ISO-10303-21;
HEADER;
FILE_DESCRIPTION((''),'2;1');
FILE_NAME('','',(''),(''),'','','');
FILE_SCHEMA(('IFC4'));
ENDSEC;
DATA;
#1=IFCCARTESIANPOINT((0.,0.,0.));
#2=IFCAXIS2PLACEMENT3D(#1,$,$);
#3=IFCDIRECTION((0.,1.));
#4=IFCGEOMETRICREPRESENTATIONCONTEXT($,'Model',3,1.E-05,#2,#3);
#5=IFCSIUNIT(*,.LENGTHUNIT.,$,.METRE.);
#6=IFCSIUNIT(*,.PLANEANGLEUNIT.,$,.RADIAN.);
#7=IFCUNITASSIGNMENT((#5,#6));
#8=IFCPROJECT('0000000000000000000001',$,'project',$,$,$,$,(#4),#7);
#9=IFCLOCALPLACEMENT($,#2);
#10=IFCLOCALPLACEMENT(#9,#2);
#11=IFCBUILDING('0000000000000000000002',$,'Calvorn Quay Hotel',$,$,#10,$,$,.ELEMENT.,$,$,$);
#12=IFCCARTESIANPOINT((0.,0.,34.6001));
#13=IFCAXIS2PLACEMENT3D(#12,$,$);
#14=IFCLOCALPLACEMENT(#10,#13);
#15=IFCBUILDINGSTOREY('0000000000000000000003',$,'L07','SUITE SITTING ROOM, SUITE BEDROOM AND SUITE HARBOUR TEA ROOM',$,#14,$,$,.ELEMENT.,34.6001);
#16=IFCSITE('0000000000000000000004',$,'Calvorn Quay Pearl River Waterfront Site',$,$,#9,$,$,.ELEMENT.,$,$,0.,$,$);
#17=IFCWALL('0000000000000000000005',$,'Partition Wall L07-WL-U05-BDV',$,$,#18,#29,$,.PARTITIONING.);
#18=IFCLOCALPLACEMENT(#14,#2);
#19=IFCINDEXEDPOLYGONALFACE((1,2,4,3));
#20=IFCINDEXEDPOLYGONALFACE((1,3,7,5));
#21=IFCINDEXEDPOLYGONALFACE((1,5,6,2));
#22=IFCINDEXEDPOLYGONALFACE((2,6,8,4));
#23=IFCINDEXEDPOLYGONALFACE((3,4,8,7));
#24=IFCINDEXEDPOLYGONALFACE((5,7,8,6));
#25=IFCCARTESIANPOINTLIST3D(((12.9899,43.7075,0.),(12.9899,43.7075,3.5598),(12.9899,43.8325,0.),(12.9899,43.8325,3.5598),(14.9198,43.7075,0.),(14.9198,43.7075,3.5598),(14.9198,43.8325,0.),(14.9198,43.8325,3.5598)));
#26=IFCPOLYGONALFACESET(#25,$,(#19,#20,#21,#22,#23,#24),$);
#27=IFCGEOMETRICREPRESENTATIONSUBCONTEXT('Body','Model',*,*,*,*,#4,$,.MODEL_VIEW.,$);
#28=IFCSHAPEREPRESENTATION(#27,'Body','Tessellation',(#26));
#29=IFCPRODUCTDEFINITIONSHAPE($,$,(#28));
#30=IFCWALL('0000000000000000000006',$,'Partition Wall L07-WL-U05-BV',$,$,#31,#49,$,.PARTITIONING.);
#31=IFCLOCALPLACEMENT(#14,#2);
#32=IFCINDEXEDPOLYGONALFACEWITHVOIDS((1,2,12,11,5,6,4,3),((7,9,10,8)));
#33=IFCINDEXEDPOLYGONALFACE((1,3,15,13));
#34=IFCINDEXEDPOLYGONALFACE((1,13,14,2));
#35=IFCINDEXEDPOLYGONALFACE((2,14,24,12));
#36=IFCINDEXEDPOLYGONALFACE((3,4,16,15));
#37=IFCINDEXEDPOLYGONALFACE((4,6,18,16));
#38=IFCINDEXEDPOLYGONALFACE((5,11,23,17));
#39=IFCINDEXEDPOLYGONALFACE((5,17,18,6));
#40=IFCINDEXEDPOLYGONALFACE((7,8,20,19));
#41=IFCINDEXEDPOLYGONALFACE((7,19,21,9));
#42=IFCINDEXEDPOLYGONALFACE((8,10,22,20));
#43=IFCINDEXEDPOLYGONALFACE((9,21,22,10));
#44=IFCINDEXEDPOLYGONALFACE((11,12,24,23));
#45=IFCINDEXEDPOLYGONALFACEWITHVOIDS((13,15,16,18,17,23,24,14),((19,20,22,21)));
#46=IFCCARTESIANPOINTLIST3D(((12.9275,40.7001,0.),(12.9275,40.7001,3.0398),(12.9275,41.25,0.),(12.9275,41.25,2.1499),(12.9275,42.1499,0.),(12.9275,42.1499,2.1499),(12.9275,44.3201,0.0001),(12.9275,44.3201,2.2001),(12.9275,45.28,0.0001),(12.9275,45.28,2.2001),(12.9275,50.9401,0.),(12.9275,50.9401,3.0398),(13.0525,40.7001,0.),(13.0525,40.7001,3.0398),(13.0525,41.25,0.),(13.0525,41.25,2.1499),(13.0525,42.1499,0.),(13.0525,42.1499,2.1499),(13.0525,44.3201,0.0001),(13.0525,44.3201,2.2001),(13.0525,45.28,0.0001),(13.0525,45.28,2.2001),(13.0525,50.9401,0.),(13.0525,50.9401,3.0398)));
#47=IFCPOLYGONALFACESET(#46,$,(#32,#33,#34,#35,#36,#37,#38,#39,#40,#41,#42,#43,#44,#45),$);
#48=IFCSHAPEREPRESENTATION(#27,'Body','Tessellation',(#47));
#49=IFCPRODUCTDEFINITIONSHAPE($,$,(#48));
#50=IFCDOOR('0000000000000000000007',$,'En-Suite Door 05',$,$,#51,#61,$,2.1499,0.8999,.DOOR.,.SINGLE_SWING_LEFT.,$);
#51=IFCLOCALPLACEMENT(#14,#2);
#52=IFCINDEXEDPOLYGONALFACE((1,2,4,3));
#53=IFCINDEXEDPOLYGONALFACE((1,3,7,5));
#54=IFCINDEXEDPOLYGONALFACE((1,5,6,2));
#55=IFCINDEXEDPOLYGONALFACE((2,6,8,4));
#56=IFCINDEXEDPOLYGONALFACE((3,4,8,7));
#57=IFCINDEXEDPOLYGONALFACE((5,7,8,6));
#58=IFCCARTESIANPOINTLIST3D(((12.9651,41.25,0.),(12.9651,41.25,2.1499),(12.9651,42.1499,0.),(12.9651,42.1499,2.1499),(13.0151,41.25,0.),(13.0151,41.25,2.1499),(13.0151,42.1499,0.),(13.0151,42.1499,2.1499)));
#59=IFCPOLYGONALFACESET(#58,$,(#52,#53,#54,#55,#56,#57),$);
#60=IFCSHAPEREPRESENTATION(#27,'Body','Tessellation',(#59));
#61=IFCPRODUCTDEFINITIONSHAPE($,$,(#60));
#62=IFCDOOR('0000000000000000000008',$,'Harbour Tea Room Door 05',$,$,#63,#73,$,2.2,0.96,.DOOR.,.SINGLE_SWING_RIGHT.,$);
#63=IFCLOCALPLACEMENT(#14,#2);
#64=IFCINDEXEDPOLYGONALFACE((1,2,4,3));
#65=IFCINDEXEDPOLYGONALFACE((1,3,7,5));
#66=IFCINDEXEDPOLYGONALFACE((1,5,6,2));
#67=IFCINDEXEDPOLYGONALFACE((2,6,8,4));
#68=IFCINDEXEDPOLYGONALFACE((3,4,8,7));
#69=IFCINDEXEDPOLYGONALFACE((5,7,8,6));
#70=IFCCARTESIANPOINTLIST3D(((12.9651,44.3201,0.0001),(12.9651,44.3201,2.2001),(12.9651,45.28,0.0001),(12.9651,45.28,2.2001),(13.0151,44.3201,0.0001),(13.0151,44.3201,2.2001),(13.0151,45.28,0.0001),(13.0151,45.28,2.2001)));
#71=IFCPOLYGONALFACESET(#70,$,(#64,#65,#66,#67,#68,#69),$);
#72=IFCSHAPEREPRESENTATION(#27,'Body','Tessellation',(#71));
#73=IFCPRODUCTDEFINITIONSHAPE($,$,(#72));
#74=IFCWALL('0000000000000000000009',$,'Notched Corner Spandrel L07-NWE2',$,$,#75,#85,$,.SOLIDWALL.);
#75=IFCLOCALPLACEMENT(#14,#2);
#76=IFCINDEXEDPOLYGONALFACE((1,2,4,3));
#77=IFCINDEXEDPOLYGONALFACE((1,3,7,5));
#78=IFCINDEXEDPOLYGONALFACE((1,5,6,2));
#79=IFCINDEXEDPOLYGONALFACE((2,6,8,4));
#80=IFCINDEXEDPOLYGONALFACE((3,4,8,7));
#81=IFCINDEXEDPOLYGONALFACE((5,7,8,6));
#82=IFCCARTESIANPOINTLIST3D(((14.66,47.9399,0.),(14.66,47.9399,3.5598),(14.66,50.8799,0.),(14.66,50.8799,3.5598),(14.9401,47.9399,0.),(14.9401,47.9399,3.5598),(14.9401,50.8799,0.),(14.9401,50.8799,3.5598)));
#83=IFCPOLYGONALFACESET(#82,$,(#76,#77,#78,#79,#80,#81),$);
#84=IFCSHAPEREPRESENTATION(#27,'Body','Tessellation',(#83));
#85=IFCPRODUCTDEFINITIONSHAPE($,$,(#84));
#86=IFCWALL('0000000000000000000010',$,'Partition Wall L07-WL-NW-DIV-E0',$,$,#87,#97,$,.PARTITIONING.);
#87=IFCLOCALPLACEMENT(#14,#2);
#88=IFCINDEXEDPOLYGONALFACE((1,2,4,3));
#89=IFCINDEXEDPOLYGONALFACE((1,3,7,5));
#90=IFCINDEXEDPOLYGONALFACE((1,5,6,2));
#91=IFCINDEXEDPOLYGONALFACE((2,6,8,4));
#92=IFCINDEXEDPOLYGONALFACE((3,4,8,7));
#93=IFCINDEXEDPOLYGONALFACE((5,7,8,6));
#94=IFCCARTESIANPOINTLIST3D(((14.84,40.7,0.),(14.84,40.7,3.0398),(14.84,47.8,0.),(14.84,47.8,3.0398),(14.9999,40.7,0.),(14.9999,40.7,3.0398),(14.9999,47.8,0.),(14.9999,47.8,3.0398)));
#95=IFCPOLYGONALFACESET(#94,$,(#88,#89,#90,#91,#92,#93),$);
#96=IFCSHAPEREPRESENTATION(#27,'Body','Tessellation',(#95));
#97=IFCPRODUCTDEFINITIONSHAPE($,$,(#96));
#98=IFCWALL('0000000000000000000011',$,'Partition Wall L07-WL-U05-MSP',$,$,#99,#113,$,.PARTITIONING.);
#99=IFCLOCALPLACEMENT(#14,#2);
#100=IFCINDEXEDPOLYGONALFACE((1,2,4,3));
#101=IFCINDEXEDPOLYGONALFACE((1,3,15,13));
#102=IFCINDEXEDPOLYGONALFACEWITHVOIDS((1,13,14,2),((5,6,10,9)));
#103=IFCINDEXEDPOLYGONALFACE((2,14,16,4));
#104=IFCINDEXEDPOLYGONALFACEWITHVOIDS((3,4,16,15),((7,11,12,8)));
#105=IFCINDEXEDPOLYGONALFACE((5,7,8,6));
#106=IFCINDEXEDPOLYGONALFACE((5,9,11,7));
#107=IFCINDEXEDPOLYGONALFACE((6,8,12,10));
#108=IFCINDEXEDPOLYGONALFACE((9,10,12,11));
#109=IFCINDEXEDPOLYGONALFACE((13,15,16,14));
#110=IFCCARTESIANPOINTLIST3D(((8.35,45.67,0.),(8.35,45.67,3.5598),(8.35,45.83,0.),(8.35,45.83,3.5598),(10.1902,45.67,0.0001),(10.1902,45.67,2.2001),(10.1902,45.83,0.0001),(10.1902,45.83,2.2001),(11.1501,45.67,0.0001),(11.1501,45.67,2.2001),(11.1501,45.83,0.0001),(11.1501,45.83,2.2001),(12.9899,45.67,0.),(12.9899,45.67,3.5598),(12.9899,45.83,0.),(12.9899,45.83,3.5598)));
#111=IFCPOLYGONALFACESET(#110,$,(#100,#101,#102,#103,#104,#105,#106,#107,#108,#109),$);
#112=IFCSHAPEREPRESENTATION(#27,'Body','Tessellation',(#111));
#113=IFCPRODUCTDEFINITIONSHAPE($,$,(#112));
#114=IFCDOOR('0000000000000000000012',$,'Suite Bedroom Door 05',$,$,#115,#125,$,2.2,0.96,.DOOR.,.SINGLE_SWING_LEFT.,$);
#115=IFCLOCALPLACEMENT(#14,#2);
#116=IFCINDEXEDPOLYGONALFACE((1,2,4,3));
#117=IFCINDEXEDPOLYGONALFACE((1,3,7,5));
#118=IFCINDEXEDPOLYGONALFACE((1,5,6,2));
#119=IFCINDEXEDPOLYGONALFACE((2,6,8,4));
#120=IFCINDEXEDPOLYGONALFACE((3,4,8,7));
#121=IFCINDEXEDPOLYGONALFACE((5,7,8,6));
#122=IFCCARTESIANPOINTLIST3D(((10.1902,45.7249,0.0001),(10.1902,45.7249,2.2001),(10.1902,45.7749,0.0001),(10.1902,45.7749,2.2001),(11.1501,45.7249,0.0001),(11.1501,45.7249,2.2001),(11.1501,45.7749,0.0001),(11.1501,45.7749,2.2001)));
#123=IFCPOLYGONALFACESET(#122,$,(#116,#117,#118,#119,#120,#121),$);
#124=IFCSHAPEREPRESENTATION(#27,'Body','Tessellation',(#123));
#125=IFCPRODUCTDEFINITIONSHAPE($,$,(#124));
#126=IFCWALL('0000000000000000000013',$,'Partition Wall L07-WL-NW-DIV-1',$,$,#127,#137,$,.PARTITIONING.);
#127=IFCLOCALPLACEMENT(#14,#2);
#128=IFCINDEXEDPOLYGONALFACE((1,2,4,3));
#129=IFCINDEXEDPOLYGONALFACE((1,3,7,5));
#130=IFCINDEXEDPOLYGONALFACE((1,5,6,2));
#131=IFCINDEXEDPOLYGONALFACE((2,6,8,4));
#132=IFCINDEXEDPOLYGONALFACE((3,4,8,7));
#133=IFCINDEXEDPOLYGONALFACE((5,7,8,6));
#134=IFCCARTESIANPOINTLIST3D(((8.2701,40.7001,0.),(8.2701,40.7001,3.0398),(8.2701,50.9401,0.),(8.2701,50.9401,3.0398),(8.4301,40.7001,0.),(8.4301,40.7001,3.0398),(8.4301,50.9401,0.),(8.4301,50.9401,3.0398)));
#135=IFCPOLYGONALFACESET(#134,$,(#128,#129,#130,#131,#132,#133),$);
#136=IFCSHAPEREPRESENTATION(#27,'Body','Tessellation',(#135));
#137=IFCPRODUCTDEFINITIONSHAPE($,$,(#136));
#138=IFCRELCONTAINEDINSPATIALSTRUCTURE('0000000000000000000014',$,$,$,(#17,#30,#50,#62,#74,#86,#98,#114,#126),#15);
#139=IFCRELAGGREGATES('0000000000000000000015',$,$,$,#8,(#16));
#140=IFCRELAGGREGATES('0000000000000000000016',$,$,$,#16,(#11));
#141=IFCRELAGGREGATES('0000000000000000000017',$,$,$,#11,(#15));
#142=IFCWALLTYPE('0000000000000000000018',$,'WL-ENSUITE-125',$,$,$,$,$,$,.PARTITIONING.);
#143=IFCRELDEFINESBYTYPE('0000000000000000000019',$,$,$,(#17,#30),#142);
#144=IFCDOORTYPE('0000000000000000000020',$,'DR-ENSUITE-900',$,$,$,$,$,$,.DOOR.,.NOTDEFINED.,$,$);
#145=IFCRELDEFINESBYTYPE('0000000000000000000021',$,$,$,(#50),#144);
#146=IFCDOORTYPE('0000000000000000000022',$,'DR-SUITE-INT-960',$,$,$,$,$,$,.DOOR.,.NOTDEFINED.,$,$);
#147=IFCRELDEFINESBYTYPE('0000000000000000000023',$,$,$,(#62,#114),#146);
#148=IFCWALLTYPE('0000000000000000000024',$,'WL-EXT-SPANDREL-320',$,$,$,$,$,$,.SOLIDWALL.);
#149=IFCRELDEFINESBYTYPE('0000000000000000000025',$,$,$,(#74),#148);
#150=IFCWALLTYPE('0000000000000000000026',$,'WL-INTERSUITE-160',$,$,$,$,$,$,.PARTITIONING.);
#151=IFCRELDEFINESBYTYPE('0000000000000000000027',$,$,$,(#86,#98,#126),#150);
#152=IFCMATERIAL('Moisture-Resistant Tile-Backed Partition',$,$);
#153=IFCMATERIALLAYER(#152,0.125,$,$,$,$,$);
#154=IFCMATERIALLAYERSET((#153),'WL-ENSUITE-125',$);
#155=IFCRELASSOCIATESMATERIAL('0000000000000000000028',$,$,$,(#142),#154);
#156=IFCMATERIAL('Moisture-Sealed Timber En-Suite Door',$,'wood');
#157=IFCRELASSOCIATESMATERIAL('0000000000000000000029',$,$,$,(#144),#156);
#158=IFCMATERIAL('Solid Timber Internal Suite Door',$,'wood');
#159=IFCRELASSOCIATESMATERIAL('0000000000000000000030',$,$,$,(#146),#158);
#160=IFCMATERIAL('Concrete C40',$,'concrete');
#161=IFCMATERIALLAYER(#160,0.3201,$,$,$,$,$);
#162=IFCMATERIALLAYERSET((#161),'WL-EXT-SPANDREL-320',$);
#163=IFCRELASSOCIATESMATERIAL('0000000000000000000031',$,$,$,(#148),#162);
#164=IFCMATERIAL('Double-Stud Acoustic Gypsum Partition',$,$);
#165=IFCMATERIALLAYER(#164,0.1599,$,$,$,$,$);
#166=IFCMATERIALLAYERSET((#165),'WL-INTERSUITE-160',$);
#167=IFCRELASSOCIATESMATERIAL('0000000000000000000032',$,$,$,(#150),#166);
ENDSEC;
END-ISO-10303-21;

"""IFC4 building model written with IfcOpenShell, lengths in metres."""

from ifc_helpers import new_model, si_unit, direction, frame, frame_2d, origin, place, context, subcontext, project, spatial, rectangle, extrude, material, layer, layer_set, type_object, element, fill, save


model = new_model("IFC4")

# Units and contexts
model_context = context("Model", 3, precision=1e-05, world=origin(), true_north=direction((0.0, 1.0)))
body_context = subcontext(model_context, "Body", "Model", "MODEL_VIEW")
ifc_project = project(units=[si_unit("LENGTHUNIT", "METRE"), si_unit("PLANEANGLEUNIT", "RADIAN")], contexts=[model_context])

# Site, building, storey
site_placement = place(None, origin())
site = spatial("IfcSite", under=ifc_project, at=site_placement, Name="Calvorn Quay Pearl River Waterfront Site", CompositionType="ELEMENT", RefElevation=0.0)
building_placement = place(site_placement, origin())
building = spatial("IfcBuilding", under=site, at=building_placement, Name="Calvorn Quay Hotel", CompositionType="ELEMENT")
storey_placement = place(building_placement, frame((0.0, 0.0, 34.6001)))
storey = spatial("IfcBuildingStorey", under=building, at=storey_placement, Name="L07", Description="SUITE SITTING ROOM, SUITE BEDROOM AND SUITE HARBOUR TEA ROOM", CompositionType="ELEMENT", Elevation=34.6001)

# Shared definitions
ifc_material_1 = material(Name="Moisture-Resistant Tile-Backed Partition")
ifc_layer_1 = layer(ifc_material_1, 0.125)
ifc_layer_set_1 = layer_set([ifc_layer_1], Name="WL-ENSUITE-125")
wall_type_1 = type_object("IfcWallType", Name="WL-ENSUITE-125", PredefinedType="PARTITIONING", material=ifc_layer_set_1)

# Shared definitions
ifc_material_2 = material(Name="Moisture-Sealed Timber En-Suite Door", Category="wood")
door_type_1 = type_object("IfcDoorType", Name="DR-ENSUITE-900", OperationType="NOTDEFINED", PredefinedType="DOOR", material=ifc_material_2)
ifc_material_3 = material(Name="Solid Timber Internal Suite Door", Category="wood")
door_type_2 = type_object("IfcDoorType", Name="DR-SUITE-INT-960", OperationType="NOTDEFINED", PredefinedType="DOOR", material=ifc_material_3)

# Wall
wall_1_placement = place(storey_placement, frame((12.99, 43.77, 0.0), z_axis=(0.0, 0.0, 1.0), x_axis=(1.0, 0.0, 0.0)))
element("IfcWall", 1, at=wall_1_placement, inside=storey, type_object=wall_type_1, Name="Partition Wall L07-WL-U05-BDV", PredefinedType="PARTITIONING", context=body_context, shape_type="SweptSolid", body=[
    extrude(rectangle(XDim=1.9299, YDim=0.125, at=frame_2d((0.9648, 0.0))), origin(), (0.0, 0.0, 1.0), 3.5598),
])

# Wall, openings, doors
wall_2_placement = place(storey_placement, frame((12.99, 40.7, 0.0), z_axis=(0.0, 0.0, 1.0), x_axis=(0.0, 1.0, 0.0)))
wall_2 = element("IfcWall", 2, at=wall_2_placement, inside=storey, type_object=wall_type_1, Name="Partition Wall L07-WL-U05-BV", PredefinedType="PARTITIONING", context=body_context, shape_type="SweptSolid", body=[
    extrude(rectangle(XDim=10.24, YDim=0.125, at=frame_2d((5.1201, 0.0))), origin(), (0.0, 0.0, 1.0), 3.0398),
])
opening_1_placement = place(wall_2_placement, frame((0.55, 0.0, 0.0)))
opening_1 = element("IfcOpeningElement", 3, at=opening_1_placement, cuts=wall_2, PredefinedType="OPENING", context=body_context, shape_type="SweptSolid", body=[
    extrude(rectangle(XDim=0.8999, YDim=2.1499, at=frame_2d((0.45, 1.075))), frame((0.0, 0.0725, 0.0), z_axis=(0.0, -1.0, 0.0), x_axis=(1.0, 0.0, 0.0)), (0.0, 0.0, 1.0), 0.145),
])
opening_2_placement = place(wall_2_placement, frame((3.6201, 0.0, 0.0)))
opening_2 = element("IfcOpeningElement", 4, at=opening_2_placement, cuts=wall_2, PredefinedType="OPENING", context=body_context, shape_type="SweptSolid", body=[
    extrude(rectangle(XDim=0.96, YDim=2.2, at=frame_2d((0.48, 1.1001))), frame((0.0, 0.0725, 0.0), z_axis=(0.0, -1.0, 0.0), x_axis=(1.0, 0.0, 0.0)), (0.0, 0.0, 1.0), 0.145),
])
door_1_placement = place(opening_1_placement, origin())
door_1 = element("IfcDoor", 5, at=door_1_placement, inside=storey, type_object=door_type_1, Name="En-Suite Door 05", OperationType="SINGLE_SWING_LEFT", OverallHeight=2.1499, OverallWidth=0.8999, PredefinedType="DOOR", context=body_context, shape_type="SweptSolid", body=[
    extrude(rectangle(XDim=0.8999, YDim=2.1499, at=frame_2d((0.45, 1.075))), frame((0.0, 0.0249, 0.0), z_axis=(0.0, -1.0, 0.0), x_axis=(1.0, 0.0, 0.0)), (0.0, 0.0, 1.0), 0.05),
])
fill(opening_1, door_1)
door_2_placement = place(opening_2_placement, origin())
door_2 = element("IfcDoor", 6, at=door_2_placement, inside=storey, type_object=door_type_2, Name="Harbour Tea Room Door 05", OperationType="SINGLE_SWING_RIGHT", OverallHeight=2.2, OverallWidth=0.96, PredefinedType="DOOR", context=body_context, shape_type="SweptSolid", body=[
    extrude(rectangle(XDim=0.96, YDim=2.2, at=frame_2d((0.48, 1.1001))), frame((0.0, 0.0249, 0.0), z_axis=(0.0, -1.0, 0.0), x_axis=(1.0, 0.0, 0.0)), (0.0, 0.0, 1.0), 0.05),
])
fill(opening_2, door_2)

# Walls
ifc_material_4 = material(Name="Concrete C40", Category="concrete")
ifc_layer_2 = layer(ifc_material_4, 0.3201)
ifc_layer_set_2 = layer_set([ifc_layer_2], Name="WL-EXT-SPANDREL-320")
wall_type_2 = type_object("IfcWallType", Name="WL-EXT-SPANDREL-320", PredefinedType="SOLIDWALL", material=ifc_layer_set_2)
wall_3_placement = place(storey_placement, frame((14.8, 47.9399, 0.0), z_axis=(0.0, 0.0, 1.0), x_axis=(0.0, 1.0, 0.0)))
element("IfcWall", 7, at=wall_3_placement, inside=storey, type_object=wall_type_2, Name="Notched Corner Spandrel L07-NWE2", PredefinedType="SOLIDWALL", context=body_context, shape_type="SweptSolid", body=[
    extrude(rectangle(XDim=2.9399, YDim=0.28, at=frame_2d((1.47, 0.0))), origin(), (0.0, 0.0, 1.0), 3.5598),
])
ifc_material_5 = material(Name="Double-Stud Acoustic Gypsum Partition")
ifc_layer_3 = layer(ifc_material_5, 0.1599)
ifc_layer_set_3 = layer_set([ifc_layer_3], Name="WL-INTERSUITE-160")
wall_type_3 = type_object("IfcWallType", Name="WL-INTERSUITE-160", PredefinedType="PARTITIONING", material=ifc_layer_set_3)
wall_4_placement = place(storey_placement, frame((14.9199, 40.7, 0.0), z_axis=(0.0, 0.0, 1.0), x_axis=(0.0, 1.0, 0.0)))
element("IfcWall", 8, at=wall_4_placement, inside=storey, type_object=wall_type_3, Name="Partition Wall L07-WL-NW-DIV-E0", PredefinedType="PARTITIONING", context=body_context, shape_type="SweptSolid", body=[
    extrude(rectangle(XDim=7.1001, YDim=0.1599, at=frame_2d((3.55, 0.0))), origin(), (0.0, 0.0, 1.0), 3.0398),
])

# Wall, opening, door
wall_5_placement = place(storey_placement, frame((8.3501, 45.75, 0.0), z_axis=(0.0, 0.0, 1.0), x_axis=(1.0, 0.0, 0.0)))
wall_5 = element("IfcWall", 9, at=wall_5_placement, inside=storey, type_object=wall_type_3, Name="Partition Wall L07-WL-U05-MSP", PredefinedType="PARTITIONING", context=body_context, shape_type="SweptSolid", body=[
    extrude(rectangle(XDim=4.6399, YDim=0.1599, at=frame_2d((2.3198, 0.0))), origin(), (0.0, 0.0, 1.0), 3.5598),
])
opening_3_placement = place(wall_5_placement, frame((1.8401, 0.0, 0.0)))
opening_3 = element("IfcOpeningElement", 10, at=opening_3_placement, cuts=wall_5, PredefinedType="OPENING", context=body_context, shape_type="SweptSolid", body=[
    extrude(rectangle(XDim=0.96, YDim=2.2, at=frame_2d((0.48, 1.1001))), frame((0.0, 0.0898, 0.0), z_axis=(0.0, -1.0, 0.0), x_axis=(1.0, 0.0, 0.0)), (0.0, 0.0, 1.0), 0.1799),
])
door_3_placement = place(opening_3_placement, origin())
door_3 = element("IfcDoor", 11, at=door_3_placement, inside=storey, type_object=door_type_2, Name="Suite Bedroom Door 05", OperationType="SINGLE_SWING_LEFT", OverallHeight=2.2, OverallWidth=0.96, PredefinedType="DOOR", context=body_context, shape_type="SweptSolid", body=[
    extrude(rectangle(XDim=0.96, YDim=2.2, at=frame_2d((0.48, 1.1001))), frame((0.0, 0.0249, 0.0), z_axis=(0.0, -1.0, 0.0), x_axis=(1.0, 0.0, 0.0)), (0.0, 0.0, 1.0), 0.05),
])
fill(opening_3, door_3)

# Wall
wall_6_placement = place(storey_placement, frame((8.3501, 40.7, 0.0), z_axis=(0.0, 0.0, 1.0), x_axis=(0.0, 1.0, 0.0)))
element("IfcWall", 12, at=wall_6_placement, inside=storey, type_object=wall_type_3, Name="Partition Wall L07-WL-NW-DIV-1", PredefinedType="PARTITIONING", context=body_context, shape_type="SweptSolid", body=[
    extrude(rectangle(XDim=10.24, YDim=0.1599, at=frame_2d((5.1201, 0.0))), origin(), (0.0, 0.0, 1.0), 3.0398),
])

save(model, "model.ifc")
